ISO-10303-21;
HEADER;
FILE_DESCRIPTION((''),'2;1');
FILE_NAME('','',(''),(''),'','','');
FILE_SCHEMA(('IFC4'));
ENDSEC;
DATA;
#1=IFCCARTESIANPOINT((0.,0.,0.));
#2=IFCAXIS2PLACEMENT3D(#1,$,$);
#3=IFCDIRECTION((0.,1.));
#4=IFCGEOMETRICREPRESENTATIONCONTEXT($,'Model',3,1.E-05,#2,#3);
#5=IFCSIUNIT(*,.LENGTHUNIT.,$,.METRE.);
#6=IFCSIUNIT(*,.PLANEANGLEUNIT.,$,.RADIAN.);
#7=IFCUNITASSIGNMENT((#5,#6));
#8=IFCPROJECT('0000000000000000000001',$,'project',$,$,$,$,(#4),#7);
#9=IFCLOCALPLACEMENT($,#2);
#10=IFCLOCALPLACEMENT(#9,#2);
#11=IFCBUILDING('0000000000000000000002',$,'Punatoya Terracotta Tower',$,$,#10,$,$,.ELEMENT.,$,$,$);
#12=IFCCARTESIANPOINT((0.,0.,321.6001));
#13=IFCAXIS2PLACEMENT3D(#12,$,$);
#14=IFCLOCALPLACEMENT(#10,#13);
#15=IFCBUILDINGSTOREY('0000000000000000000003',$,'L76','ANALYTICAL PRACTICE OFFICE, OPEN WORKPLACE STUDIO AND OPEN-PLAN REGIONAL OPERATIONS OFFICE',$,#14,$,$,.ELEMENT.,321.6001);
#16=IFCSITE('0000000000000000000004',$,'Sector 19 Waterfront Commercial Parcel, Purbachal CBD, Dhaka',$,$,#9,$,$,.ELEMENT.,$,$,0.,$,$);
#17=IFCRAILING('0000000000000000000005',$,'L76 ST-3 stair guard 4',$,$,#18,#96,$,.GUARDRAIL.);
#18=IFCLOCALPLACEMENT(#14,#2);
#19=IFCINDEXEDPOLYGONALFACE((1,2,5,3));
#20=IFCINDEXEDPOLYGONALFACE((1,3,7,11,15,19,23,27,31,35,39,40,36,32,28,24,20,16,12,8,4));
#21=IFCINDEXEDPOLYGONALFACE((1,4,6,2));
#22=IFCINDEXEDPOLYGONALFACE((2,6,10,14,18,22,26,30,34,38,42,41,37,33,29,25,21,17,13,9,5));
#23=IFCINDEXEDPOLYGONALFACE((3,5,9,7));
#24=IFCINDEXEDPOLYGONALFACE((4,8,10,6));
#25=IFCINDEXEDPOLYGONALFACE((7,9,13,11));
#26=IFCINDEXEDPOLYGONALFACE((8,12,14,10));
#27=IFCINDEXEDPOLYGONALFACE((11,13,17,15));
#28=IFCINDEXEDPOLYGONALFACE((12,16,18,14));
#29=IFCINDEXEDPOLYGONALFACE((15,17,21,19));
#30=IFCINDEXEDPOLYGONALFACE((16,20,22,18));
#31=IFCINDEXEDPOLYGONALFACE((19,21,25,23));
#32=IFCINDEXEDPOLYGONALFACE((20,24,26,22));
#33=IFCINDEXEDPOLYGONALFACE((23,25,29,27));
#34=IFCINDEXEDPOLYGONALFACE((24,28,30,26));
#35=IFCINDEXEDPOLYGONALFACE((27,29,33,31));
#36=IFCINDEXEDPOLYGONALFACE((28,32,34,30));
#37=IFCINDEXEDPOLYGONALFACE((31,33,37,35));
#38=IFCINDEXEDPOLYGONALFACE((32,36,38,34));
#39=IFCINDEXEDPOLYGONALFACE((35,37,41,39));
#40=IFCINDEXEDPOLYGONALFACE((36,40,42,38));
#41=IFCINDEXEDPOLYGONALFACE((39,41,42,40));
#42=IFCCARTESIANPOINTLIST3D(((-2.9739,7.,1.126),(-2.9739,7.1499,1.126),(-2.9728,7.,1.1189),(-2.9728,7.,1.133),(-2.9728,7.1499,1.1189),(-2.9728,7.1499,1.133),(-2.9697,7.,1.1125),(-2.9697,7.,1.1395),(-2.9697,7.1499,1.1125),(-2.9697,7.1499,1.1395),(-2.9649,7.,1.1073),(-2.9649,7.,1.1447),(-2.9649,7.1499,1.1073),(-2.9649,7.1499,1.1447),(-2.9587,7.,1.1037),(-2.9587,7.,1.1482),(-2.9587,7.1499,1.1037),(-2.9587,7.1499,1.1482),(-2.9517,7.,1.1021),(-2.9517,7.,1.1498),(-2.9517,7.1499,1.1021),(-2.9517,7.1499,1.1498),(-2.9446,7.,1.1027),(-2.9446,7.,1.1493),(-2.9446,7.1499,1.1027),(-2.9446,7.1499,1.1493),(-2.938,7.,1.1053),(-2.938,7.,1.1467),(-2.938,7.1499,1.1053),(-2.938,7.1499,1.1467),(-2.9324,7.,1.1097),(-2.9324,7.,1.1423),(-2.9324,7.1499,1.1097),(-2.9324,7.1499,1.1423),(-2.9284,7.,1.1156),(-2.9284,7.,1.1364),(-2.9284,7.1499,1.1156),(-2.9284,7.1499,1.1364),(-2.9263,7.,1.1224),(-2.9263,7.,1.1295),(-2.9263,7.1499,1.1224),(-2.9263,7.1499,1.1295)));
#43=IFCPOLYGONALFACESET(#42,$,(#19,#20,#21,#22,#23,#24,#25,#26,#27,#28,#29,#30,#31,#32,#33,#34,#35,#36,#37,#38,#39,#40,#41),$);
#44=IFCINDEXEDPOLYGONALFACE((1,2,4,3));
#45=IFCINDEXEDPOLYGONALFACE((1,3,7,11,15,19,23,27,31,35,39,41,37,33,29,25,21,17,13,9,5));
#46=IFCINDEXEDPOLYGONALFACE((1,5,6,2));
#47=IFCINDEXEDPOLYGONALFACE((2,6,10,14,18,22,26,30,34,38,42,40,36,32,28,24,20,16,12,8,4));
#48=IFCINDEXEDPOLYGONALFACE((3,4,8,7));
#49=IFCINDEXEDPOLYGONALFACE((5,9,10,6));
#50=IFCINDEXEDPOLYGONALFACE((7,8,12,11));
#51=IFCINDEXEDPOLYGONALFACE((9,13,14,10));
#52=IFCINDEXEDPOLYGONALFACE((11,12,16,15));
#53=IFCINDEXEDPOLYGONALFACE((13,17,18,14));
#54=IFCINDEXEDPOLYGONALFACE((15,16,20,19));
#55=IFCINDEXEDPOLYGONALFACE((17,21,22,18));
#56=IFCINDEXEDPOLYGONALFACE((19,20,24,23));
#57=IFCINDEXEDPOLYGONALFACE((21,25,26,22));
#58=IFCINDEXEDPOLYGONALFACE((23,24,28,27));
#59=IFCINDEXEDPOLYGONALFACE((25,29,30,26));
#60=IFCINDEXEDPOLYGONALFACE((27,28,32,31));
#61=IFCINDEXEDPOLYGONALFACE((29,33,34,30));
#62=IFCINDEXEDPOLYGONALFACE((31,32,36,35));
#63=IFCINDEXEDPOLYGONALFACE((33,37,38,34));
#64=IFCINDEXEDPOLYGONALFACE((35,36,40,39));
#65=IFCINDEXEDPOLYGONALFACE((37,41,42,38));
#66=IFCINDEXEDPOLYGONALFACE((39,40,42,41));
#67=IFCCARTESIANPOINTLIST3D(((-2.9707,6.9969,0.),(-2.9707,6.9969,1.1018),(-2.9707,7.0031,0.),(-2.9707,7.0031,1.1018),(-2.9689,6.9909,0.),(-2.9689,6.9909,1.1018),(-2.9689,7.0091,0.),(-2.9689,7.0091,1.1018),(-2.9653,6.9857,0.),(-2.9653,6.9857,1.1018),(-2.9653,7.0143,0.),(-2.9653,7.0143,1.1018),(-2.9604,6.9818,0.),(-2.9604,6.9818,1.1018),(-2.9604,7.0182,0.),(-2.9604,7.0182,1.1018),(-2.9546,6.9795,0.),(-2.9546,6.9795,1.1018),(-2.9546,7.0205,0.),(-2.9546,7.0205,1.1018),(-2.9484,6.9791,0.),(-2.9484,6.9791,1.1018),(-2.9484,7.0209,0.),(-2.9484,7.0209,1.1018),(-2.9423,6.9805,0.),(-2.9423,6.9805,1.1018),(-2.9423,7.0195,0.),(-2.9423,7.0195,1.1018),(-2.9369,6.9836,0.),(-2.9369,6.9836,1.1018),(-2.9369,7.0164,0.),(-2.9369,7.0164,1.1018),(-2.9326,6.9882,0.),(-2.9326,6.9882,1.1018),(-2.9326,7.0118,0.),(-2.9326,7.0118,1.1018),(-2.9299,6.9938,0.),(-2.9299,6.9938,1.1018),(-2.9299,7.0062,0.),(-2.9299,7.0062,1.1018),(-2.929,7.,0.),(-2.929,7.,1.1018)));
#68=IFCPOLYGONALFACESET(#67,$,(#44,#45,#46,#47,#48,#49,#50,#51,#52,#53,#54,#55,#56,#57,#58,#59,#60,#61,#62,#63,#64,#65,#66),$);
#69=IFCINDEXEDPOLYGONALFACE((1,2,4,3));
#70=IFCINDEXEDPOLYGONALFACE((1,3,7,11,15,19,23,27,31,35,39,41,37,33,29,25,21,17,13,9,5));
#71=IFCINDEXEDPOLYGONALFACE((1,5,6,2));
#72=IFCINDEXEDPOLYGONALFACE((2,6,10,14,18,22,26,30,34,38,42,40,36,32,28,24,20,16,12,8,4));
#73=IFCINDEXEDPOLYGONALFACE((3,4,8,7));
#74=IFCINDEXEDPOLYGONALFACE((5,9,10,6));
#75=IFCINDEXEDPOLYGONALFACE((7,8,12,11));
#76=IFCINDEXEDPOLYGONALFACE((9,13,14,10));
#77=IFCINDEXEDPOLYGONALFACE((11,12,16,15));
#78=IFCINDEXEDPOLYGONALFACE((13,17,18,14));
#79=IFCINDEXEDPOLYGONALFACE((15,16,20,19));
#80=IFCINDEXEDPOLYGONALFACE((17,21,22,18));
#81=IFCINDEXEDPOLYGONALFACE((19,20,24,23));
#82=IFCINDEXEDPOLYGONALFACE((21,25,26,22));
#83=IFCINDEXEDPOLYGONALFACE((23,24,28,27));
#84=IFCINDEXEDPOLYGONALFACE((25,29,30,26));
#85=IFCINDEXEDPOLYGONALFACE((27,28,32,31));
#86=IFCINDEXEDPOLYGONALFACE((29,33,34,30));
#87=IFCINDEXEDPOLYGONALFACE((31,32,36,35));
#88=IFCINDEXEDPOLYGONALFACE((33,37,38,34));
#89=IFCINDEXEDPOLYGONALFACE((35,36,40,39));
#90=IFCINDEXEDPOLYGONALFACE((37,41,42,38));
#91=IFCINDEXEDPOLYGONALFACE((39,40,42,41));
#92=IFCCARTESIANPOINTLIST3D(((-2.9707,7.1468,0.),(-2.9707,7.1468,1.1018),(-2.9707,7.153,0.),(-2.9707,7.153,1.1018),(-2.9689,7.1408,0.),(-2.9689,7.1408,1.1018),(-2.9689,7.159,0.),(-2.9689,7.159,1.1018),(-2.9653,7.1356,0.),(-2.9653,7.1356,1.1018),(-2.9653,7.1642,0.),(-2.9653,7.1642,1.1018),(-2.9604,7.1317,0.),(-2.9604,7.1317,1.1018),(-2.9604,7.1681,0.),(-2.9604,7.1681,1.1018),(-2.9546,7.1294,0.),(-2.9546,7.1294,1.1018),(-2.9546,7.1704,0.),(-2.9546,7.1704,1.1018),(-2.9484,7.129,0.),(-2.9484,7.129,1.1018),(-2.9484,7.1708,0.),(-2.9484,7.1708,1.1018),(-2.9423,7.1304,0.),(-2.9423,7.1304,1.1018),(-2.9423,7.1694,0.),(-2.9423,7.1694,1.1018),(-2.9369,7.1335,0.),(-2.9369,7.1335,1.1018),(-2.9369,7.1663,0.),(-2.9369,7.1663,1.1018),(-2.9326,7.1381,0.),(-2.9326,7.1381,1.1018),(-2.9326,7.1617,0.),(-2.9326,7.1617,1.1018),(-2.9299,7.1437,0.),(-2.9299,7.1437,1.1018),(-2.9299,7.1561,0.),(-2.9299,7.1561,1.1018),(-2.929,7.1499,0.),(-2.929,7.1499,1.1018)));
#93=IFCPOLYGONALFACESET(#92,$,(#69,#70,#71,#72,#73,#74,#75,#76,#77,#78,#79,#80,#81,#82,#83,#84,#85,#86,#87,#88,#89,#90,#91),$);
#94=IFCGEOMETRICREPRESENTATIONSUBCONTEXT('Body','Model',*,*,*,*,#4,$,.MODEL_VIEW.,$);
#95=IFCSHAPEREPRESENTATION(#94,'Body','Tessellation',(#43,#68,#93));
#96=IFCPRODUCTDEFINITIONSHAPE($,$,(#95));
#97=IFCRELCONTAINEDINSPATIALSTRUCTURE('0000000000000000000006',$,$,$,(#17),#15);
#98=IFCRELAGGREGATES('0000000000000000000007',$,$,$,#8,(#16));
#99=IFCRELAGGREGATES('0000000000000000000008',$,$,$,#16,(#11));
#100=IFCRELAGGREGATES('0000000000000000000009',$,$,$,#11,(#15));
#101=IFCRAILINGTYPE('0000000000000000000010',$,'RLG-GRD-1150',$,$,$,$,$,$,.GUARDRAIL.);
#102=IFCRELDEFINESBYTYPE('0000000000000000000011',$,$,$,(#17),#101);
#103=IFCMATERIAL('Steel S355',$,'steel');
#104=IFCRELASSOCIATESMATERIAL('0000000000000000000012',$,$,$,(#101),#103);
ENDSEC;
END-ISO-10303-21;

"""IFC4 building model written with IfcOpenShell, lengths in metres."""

from ifc_helpers import new_model, si_unit, direction, frame, origin, origin_2d, place, context, subcontext, project, spatial, circle, extrude, material, type_object, element, save


model = new_model("IFC4")

# Units and contexts
model_context = context("Model", 3, precision=1e-05, world=origin(), true_north=direction((0.0, 1.0)))
body_context = subcontext(model_context, "Body", "Model", "MODEL_VIEW")
ifc_project = project(units=[si_unit("LENGTHUNIT", "METRE"), si_unit("PLANEANGLEUNIT", "RADIAN")], contexts=[model_context])

# Site, building, storey
site_placement = place(None, origin())
site = spatial("IfcSite", under=ifc_project, at=site_placement, Name="Sector 19 Waterfront Commercial Parcel, Purbachal CBD, Dhaka", CompositionType="ELEMENT", RefElevation=0.0)
building_placement = place(site_placement, origin())
building = spatial("IfcBuilding", under=site, at=building_placement, Name="Punatoya Terracotta Tower", CompositionType="ELEMENT")
storey_placement = place(building_placement, frame((0.0, 0.0, 321.6001)))
storey = spatial("IfcBuildingStorey", under=building, at=storey_placement, Name="L76", Description="ANALYTICAL PRACTICE OFFICE, OPEN WORKPLACE STUDIO AND OPEN-PLAN REGIONAL OPERATIONS OFFICE", CompositionType="ELEMENT", Elevation=321.6001)

# Shared definitions
ifc_material_1 = material(Name="Steel S355", Category="steel")

# Railing
railing_type_1 = type_object("IfcRailingType", Name="RLG-GRD-1150", PredefinedType="GUARDRAIL", material=ifc_material_1)
railing_1_placement = place(storey_placement, frame((-2.95, 7.0, 0.0)))
element("IfcRailing", 1, at=railing_1_placement, inside=storey, type_object=railing_type_1, Name="L76 ST-3 stair guard 4", PredefinedType="GUARDRAIL", context=body_context, shape_type="SweptSolid", body=[
    extrude(circle(Radius=0.0239, at=origin_2d()), frame((0.0, 0.0, 1.126), z_axis=(0.0, 1.0, 0.0), x_axis=(-1.0, 0.0, 0.0)), (0.0, 0.0, 1.0), 0.1499),
    extrude(circle(Radius=0.021, at=origin_2d()), origin(), (0.0, 0.0, 1.0), 1.1018),
    extrude(circle(Radius=0.021, at=origin_2d()), frame((0.0, 0.1499, 0.0)), (0.0, 0.0, 1.0), 1.1018),
])

save(model, "model.ifc")
